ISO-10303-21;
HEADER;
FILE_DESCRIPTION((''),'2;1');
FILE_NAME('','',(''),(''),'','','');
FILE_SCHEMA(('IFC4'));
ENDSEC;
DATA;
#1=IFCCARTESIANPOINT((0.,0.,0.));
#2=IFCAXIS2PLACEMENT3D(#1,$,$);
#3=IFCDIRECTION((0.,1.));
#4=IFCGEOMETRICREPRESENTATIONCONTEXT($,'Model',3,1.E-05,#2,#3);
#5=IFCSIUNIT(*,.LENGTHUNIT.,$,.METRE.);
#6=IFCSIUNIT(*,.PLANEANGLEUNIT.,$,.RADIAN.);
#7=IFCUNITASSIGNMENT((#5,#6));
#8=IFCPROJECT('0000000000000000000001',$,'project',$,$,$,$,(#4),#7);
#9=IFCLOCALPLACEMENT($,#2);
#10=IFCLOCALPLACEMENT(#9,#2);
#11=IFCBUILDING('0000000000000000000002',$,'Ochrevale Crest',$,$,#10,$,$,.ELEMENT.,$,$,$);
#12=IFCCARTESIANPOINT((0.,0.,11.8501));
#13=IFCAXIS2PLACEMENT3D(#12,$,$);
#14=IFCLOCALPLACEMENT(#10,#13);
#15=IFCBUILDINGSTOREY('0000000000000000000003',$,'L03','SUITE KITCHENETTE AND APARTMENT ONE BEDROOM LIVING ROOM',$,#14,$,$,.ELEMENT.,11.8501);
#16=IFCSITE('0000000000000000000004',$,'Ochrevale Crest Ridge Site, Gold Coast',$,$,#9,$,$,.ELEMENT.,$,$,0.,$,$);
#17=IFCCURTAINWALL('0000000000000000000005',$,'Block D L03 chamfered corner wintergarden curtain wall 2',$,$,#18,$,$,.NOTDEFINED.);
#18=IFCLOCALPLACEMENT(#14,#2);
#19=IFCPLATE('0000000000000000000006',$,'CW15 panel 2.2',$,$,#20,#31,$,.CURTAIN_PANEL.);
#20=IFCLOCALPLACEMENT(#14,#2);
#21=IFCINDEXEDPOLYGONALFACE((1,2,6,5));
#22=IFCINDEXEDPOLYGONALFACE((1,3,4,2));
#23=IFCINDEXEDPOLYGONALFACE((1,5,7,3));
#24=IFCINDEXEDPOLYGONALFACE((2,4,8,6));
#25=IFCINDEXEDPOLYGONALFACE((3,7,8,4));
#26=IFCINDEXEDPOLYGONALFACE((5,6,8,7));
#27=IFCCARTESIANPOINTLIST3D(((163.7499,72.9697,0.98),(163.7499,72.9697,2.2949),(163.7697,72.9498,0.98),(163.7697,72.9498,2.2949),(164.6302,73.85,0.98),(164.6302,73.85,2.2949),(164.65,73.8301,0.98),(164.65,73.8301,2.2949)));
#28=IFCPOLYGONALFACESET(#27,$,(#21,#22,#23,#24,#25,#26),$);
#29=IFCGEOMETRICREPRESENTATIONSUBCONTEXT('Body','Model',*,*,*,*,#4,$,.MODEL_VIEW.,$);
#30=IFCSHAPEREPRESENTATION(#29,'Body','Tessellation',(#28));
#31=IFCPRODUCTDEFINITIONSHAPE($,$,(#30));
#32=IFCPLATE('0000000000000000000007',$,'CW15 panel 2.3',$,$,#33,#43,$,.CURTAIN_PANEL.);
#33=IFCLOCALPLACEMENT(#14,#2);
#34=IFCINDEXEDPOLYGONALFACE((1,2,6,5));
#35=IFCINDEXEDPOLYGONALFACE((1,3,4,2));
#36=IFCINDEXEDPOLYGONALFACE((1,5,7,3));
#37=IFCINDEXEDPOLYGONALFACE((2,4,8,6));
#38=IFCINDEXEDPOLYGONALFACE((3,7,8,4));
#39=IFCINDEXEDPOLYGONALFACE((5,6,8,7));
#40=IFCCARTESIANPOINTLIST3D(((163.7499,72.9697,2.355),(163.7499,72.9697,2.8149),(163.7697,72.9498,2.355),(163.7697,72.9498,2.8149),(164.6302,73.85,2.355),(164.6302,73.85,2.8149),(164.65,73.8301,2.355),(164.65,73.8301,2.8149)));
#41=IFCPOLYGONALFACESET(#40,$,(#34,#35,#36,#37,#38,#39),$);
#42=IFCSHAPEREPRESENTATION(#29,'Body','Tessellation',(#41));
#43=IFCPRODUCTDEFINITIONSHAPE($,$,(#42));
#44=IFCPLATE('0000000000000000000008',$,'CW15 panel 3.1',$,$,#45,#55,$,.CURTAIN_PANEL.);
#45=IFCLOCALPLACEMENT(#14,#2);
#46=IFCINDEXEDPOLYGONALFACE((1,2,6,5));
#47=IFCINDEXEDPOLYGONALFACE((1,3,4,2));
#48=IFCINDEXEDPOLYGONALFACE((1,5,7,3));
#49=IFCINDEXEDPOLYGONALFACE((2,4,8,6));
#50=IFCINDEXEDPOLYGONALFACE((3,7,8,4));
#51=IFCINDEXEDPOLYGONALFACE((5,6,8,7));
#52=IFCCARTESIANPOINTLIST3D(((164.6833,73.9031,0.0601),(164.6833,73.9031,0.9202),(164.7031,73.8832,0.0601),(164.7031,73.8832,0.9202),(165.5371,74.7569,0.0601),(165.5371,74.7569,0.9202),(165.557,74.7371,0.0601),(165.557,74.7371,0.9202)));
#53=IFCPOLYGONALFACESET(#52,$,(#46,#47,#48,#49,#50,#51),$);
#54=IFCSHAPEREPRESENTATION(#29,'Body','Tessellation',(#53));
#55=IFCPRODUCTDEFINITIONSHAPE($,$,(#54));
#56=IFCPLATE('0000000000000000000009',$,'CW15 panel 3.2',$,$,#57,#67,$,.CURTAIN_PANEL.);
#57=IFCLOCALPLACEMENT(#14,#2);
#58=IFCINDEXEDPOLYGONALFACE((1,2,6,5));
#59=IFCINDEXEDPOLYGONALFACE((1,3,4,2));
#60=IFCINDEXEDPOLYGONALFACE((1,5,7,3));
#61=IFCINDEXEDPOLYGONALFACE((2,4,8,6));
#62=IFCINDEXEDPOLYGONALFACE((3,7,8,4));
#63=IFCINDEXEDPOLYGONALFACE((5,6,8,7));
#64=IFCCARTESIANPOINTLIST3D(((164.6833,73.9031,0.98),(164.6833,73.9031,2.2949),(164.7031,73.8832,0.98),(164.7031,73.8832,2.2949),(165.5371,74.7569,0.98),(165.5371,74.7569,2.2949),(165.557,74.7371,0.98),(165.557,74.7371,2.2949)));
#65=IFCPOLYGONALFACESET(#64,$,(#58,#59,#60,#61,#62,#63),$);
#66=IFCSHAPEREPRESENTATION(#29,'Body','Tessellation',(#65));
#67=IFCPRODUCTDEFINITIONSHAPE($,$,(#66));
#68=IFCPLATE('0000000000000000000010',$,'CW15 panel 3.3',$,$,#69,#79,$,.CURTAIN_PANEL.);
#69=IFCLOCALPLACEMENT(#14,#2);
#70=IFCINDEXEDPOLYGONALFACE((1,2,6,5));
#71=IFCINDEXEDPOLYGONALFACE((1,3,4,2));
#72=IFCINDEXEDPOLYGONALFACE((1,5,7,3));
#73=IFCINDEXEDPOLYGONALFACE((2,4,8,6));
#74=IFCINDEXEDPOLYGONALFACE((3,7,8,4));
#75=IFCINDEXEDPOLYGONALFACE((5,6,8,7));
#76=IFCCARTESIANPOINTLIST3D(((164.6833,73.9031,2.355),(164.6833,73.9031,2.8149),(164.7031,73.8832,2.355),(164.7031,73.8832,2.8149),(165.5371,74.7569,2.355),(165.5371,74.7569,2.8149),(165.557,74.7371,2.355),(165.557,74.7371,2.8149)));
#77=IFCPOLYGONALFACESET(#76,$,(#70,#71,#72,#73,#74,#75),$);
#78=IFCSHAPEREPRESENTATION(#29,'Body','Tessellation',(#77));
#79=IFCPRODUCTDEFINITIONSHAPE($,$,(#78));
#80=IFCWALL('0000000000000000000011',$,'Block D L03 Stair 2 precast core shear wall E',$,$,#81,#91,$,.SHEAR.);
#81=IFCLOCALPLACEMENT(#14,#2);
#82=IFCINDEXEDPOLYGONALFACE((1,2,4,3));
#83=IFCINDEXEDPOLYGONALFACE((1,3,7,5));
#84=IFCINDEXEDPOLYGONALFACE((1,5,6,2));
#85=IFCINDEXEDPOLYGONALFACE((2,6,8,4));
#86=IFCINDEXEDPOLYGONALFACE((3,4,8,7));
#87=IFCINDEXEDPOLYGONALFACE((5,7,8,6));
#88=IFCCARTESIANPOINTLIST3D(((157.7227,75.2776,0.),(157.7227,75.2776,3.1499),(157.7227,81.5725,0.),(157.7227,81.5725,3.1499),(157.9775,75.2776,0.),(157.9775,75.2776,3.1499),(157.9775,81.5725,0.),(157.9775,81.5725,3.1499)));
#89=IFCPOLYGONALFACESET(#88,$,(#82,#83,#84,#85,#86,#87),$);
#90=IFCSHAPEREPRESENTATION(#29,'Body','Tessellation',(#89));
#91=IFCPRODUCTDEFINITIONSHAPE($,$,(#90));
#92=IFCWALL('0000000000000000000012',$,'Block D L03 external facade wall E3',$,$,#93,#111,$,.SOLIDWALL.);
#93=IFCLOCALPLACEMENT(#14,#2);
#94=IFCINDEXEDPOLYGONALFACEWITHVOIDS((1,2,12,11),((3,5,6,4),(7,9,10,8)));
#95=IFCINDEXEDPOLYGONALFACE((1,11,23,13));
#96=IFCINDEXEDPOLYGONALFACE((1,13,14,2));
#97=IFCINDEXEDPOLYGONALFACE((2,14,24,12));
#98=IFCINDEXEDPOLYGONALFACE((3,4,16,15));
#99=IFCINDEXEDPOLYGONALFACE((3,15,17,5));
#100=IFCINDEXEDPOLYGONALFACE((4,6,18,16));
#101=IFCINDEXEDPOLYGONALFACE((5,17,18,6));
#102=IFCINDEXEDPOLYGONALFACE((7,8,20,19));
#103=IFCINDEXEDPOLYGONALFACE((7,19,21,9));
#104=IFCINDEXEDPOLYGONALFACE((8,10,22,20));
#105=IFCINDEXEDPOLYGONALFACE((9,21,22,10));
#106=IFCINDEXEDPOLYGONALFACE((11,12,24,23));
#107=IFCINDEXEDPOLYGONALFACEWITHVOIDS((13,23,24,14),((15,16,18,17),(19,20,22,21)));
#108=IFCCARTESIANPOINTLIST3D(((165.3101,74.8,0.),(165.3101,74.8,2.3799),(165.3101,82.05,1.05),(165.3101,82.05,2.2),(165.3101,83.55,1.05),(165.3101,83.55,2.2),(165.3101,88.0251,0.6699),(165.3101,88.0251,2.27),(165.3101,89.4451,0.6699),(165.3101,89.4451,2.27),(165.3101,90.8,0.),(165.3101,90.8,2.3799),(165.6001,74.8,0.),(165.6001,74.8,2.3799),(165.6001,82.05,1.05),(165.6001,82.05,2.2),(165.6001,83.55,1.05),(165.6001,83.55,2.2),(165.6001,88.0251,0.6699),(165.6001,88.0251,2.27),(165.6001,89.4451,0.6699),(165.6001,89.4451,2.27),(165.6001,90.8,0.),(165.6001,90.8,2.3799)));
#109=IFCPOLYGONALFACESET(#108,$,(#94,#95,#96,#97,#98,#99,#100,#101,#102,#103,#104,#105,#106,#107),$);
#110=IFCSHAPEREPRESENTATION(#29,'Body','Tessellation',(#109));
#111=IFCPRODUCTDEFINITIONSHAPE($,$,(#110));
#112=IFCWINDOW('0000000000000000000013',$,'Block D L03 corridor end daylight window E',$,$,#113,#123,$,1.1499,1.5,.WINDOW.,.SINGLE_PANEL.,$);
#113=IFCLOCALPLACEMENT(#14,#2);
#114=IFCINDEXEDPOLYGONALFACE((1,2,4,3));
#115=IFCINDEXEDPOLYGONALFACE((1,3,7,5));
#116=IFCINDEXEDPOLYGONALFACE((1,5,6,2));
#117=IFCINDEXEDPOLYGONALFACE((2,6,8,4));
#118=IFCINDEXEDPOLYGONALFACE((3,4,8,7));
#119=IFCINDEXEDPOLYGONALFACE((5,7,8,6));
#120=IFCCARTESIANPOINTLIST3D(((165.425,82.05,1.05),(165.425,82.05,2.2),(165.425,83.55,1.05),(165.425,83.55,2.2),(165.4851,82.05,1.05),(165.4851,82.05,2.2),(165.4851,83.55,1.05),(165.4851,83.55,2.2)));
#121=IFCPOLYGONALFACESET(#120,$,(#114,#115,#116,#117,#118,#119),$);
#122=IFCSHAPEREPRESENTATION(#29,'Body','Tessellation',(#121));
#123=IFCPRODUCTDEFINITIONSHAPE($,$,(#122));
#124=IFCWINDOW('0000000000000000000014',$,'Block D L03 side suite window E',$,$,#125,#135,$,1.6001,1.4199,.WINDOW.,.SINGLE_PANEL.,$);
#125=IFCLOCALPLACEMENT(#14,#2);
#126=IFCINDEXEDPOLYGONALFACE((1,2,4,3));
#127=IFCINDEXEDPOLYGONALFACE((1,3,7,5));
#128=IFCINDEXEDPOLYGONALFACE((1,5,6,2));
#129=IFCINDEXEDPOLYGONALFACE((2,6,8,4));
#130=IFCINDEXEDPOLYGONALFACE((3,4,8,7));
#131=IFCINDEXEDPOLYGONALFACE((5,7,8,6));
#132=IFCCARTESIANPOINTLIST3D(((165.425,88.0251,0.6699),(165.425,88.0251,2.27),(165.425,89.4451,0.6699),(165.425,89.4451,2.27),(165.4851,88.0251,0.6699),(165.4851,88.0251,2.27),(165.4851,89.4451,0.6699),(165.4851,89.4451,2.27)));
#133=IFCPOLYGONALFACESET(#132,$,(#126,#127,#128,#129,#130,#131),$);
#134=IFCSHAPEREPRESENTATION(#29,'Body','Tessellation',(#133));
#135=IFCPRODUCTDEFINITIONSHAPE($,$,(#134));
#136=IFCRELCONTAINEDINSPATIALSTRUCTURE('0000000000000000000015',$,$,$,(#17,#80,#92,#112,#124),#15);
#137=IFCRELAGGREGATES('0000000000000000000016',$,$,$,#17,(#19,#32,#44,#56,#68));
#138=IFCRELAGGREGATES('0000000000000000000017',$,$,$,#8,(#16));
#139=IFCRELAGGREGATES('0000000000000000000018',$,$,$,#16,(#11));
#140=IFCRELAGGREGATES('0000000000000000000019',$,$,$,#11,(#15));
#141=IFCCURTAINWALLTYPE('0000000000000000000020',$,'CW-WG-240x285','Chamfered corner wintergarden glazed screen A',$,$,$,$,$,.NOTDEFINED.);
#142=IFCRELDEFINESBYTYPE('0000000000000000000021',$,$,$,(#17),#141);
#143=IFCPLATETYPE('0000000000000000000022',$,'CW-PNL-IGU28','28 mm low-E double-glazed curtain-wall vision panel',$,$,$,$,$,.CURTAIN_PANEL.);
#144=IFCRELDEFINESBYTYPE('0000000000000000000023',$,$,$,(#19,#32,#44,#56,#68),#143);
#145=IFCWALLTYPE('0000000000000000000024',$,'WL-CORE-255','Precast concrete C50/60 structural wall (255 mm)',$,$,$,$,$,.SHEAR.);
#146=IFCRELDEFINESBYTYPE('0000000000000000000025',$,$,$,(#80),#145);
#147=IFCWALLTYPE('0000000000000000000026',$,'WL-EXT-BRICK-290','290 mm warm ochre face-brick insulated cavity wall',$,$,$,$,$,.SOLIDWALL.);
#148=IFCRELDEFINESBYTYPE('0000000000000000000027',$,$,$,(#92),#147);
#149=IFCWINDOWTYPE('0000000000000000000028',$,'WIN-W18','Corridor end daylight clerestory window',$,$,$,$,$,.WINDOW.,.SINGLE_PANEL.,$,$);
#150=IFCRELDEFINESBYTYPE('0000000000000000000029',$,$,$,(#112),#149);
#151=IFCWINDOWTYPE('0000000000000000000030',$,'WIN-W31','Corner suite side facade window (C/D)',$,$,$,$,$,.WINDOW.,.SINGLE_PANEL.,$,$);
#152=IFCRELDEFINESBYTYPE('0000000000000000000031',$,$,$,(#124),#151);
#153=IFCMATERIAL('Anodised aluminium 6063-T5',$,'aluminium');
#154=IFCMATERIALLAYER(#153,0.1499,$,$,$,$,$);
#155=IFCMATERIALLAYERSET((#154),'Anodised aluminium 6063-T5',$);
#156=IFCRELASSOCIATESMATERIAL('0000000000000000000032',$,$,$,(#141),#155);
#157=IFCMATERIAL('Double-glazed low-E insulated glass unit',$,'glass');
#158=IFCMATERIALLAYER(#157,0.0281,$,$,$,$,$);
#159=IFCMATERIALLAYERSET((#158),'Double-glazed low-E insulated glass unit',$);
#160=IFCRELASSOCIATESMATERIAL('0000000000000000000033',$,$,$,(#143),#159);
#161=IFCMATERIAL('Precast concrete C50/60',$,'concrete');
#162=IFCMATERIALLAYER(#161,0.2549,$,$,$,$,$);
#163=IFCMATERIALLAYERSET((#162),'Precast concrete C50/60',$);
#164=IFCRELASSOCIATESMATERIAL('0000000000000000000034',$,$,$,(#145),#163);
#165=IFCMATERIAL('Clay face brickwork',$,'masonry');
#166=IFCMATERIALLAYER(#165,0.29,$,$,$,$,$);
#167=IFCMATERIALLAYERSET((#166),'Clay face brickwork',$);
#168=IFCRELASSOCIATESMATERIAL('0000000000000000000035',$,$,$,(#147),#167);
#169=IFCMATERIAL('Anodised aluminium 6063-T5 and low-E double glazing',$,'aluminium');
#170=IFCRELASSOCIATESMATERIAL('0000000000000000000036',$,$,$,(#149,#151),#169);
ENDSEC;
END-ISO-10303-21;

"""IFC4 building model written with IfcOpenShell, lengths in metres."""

from ifc_helpers import new_model, si_unit, direction, frame, frame_2d, origin, origin_2d, place, context, subcontext, project, spatial, rectangle, extrude, material, layer, layer_set, type_object, element, fill, aggregate, save


model = new_model("IFC4")

# Units and contexts
model_context = context("Model", 3, precision=1e-05, world=origin(), true_north=direction((0.0, 1.0)))
body_context = subcontext(model_context, "Body", "Model", "MODEL_VIEW")
ifc_project = project(units=[si_unit("LENGTHUNIT", "METRE"), si_unit("PLANEANGLEUNIT", "RADIAN")], contexts=[model_context])

# Site, building, storey
site_placement = place(None, origin())
site = spatial("IfcSite", under=ifc_project, at=site_placement, Name="Ochrevale Crest Ridge Site, Gold Coast", CompositionType="ELEMENT", RefElevation=0.0)
building_placement = place(site_placement, origin())
building = spatial("IfcBuilding", under=site, at=building_placement, Name="Ochrevale Crest", CompositionType="ELEMENT")
storey_placement = place(building_placement, frame((0.0, 0.0, 11.8501)))
storey = spatial("IfcBuildingStorey", under=building, at=storey_placement, Name="L03", Description="SUITE KITCHENETTE AND APARTMENT ONE BEDROOM LIVING ROOM", CompositionType="ELEMENT", Elevation=11.8501)

# Shared definitions
ifc_material_1 = material(Name="Precast concrete C50/60", Category="concrete")

# Curtain wall, plates
ifc_material_2 = material(Name="Anodised aluminium 6063-T5", Category="aluminium")
ifc_layer_1 = layer(ifc_material_2, 0.1499)
ifc_layer_set_1 = layer_set([ifc_layer_1], Name="Anodised aluminium 6063-T5")
curtain_wall_type = type_object("IfcCurtainWallType", Name="CW-WG-240x285", Description="Chamfered corner wintergarden glazed screen A", PredefinedType="NOTDEFINED", material=ifc_layer_set_1)
curtain_wall_placement = place(storey_placement, origin())
curtain_wall = element("IfcCurtainWall", 1, at=curtain_wall_placement, inside=storey, type_object=curtain_wall_type, Name="Block D L03 chamfered corner wintergarden curtain wall 2", PredefinedType="NOTDEFINED")
ifc_material_3 = material(Name="Double-glazed low-E insulated glass unit", Category="glass")
ifc_layer_2 = layer(ifc_material_3, 0.0281)
ifc_layer_set_2 = layer_set([ifc_layer_2], Name="Double-glazed low-E insulated glass unit")
plate_type = type_object("IfcPlateType", Name="CW-PNL-IGU28", Description="28 mm low-E double-glazed curtain-wall vision panel", PredefinedType="CURTAIN_PANEL", material=ifc_layer_set_2)
plate_1_placement = place(storey_placement, frame((164.2, 73.3999, 0.98), z_axis=(0.0, 0.0, 1.0), x_axis=(0.707107, 0.707107, 0.0)))
plate_1 = element("IfcPlate", 2, at=plate_1_placement, type_object=plate_type, Name="CW15 panel 2.2", PredefinedType="CURTAIN_PANEL", context=body_context, shape_type="SweptSolid", body=[
    extrude(rectangle(XDim=1.2449, YDim=0.0281, at=origin_2d()), origin(), (0.0, 0.0, 1.0), 1.3149),
])
plate_2_placement = place(storey_placement, frame((164.2, 73.3999, 2.355), z_axis=(0.0, 0.0, 1.0), x_axis=(0.707107, 0.707107, 0.0)))
plate_2 = element("IfcPlate", 3, at=plate_2_placement, type_object=plate_type, Name="CW15 panel 2.3", PredefinedType="CURTAIN_PANEL", context=body_context, shape_type="SweptSolid", body=[
    extrude(rectangle(XDim=1.2449, YDim=0.0281, at=origin_2d()), origin(), (0.0, 0.0, 1.0), 0.46),
])
plate_3_placement = place(storey_placement, frame((165.1201, 74.3201, 0.0601), z_axis=(0.0, 0.0, 1.0), x_axis=(0.707107, 0.707107, 0.0)))
plate_3 = element("IfcPlate", 4, at=plate_3_placement, type_object=plate_type, Name="CW15 panel 3.1", PredefinedType="CURTAIN_PANEL", context=body_context, shape_type="SweptSolid", body=[
    extrude(rectangle(XDim=1.2075, YDim=0.0281, at=origin_2d()), origin(), (0.0, 0.0, 1.0), 0.8601),
])
plate_4_placement = place(storey_placement, frame((165.1201, 74.3201, 0.98), z_axis=(0.0, 0.0, 1.0), x_axis=(0.707107, 0.707107, 0.0)))
plate_4 = element("IfcPlate", 5, at=plate_4_placement, type_object=plate_type, Name="CW15 panel 3.2", PredefinedType="CURTAIN_PANEL", context=body_context, shape_type="SweptSolid", body=[
    extrude(rectangle(XDim=1.2075, YDim=0.0281, at=origin_2d()), origin(), (0.0, 0.0, 1.0), 1.3149),
])
plate_5_placement = place(storey_placement, frame((165.1201, 74.3201, 2.355), z_axis=(0.0, 0.0, 1.0), x_axis=(0.707107, 0.707107, 0.0)))
plate_5 = element("IfcPlate", 6, at=plate_5_placement, type_object=plate_type, Name="CW15 panel 3.3", PredefinedType="CURTAIN_PANEL", context=body_context, shape_type="SweptSolid", body=[
    extrude(rectangle(XDim=1.2075, YDim=0.0281, at=origin_2d()), origin(), (0.0, 0.0, 1.0), 0.46),
])
aggregate(curtain_wall, [plate_1, plate_2, plate_3, plate_4, plate_5])

# Wall
ifc_layer_3 = layer(ifc_material_1, 0.2549)
ifc_layer_set_3 = layer_set([ifc_layer_3], Name="Precast concrete C50/60")
wall_type_1 = type_object("IfcWallType", Name="WL-CORE-255", Description="Precast concrete C50/60 structural wall (255 mm)", PredefinedType="SHEAR", material=ifc_layer_set_3)
wall_1_placement = place(storey_placement, frame((157.8501, 75.2776, 0.0), z_axis=(0.0, 0.0, 1.0), x_axis=(0.0, 1.0, 0.0)))
element("IfcWall", 7, at=wall_1_placement, inside=storey, type_object=wall_type_1, Name="Block D L03 Stair 2 precast core shear wall E", PredefinedType="SHEAR", context=body_context, shape_type="SweptSolid", body=[
    extrude(rectangle(XDim=6.2949, YDim=0.2549, at=frame_2d((3.1475, 0.0))), origin(), (0.0, 0.0, 1.0), 3.1499),
])

# Wall, openings, windows
ifc_material_4 = material(Name="Clay face brickwork", Category="masonry")
ifc_layer_4 = layer(ifc_material_4, 0.29)
ifc_layer_set_4 = layer_set([ifc_layer_4], Name="Clay face brickwork")
wall_type_2 = type_object("IfcWallType", Name="WL-EXT-BRICK-290", Description="290 mm warm ochre face-brick insulated cavity wall", PredefinedType="SOLIDWALL", material=ifc_layer_set_4)
wall_2_placement = place(storey_placement, frame((165.4551, 74.8, 0.0), z_axis=(0.0, 0.0, 1.0), x_axis=(0.0, 1.0, 0.0)))
wall_2 = element("IfcWall", 8, at=wall_2_placement, inside=storey, type_object=wall_type_2, Name="Block D L03 external facade wall E3", PredefinedType="SOLIDWALL", context=body_context, shape_type="SweptSolid", body=[
    extrude(rectangle(XDim=16.0, YDim=0.29, at=frame_2d((8.0, 0.0))), origin(), (0.0, 0.0, 1.0), 2.3799),
])
opening_1_placement = place(wall_2_placement, frame((7.25, 0.0, 1.05)))
opening_1 = element("IfcOpeningElement", 9, at=opening_1_placement, cuts=wall_2, PredefinedType="OPENING", context=body_context, shape_type="SweptSolid", body=[
    extrude(rectangle(XDim=1.5, YDim=1.1499, at=frame_2d((0.75, 0.575))), frame((0.0, 0.155, 0.0), z_axis=(0.0, -1.0, 0.0), x_axis=(1.0, 0.0, 0.0)), (0.0, 0.0, 1.0), 0.3101),
])
opening_2_placement = place(wall_2_placement, frame((13.2251, 0.0, 0.6699)))
opening_2 = element("IfcOpeningElement", 10, at=opening_2_placement, cuts=wall_2, PredefinedType="OPENING", context=body_context, shape_type="SweptSolid", body=[
    extrude(rectangle(XDim=1.4199, YDim=1.6001, at=frame_2d((0.71, 0.8))), frame((0.0, 0.155, 0.0), z_axis=(0.0, -1.0, 0.0), x_axis=(1.0, 0.0, 0.0)), (0.0, 0.0, 1.0), 0.3101),
])
ifc_material_5 = material(Name="Anodised aluminium 6063-T5 and low-E double glazing", Category="aluminium")
window_type_1 = type_object("IfcWindowType", Name="WIN-W18", Description="Corridor end daylight clerestory window", PartitioningType="SINGLE_PANEL", PredefinedType="WINDOW", material=ifc_material_5)
window_1_placement = place(opening_1_placement, origin())
window_1 = element("IfcWindow", 11, at=window_1_placement, inside=storey, type_object=window_type_1, Name="Block D L03 corridor end daylight window E", OverallHeight=1.1499, OverallWidth=1.5, PartitioningType="SINGLE_PANEL", PredefinedType="WINDOW", context=body_context, shape_type="SweptSolid", body=[
    extrude(rectangle(XDim=1.5, YDim=1.1499, at=frame_2d((0.75, 0.575))), frame((0.0, 0.03, 0.0), z_axis=(0.0, -1.0, 0.0), x_axis=(1.0, 0.0, 0.0)), (0.0, 0.0, 1.0), 0.0601),
])
fill(opening_1, window_1)
window_type_2 = type_object("IfcWindowType", Name="WIN-W31", Description="Corner suite side facade window (C/D)", PartitioningType="SINGLE_PANEL", PredefinedType="WINDOW", material=ifc_material_5)
window_2_placement = place(opening_2_placement, origin())
window_2 = element("IfcWindow", 12, at=window_2_placement, inside=storey, type_object=window_type_2, Name="Block D L03 side suite window E", OverallHeight=1.6001, OverallWidth=1.4199, PartitioningType="SINGLE_PANEL", PredefinedType="WINDOW", context=body_context, shape_type="SweptSolid", body=[
    extrude(rectangle(XDim=1.4199, YDim=1.6001, at=frame_2d((0.71, 0.8))), frame((0.0, 0.03, 0.0), z_axis=(0.0, -1.0, 0.0), x_axis=(1.0, 0.0, 0.0)), (0.0, 0.0, 1.0), 0.0601),
])
fill(opening_2, window_2)

save(model, "model.ifc")
